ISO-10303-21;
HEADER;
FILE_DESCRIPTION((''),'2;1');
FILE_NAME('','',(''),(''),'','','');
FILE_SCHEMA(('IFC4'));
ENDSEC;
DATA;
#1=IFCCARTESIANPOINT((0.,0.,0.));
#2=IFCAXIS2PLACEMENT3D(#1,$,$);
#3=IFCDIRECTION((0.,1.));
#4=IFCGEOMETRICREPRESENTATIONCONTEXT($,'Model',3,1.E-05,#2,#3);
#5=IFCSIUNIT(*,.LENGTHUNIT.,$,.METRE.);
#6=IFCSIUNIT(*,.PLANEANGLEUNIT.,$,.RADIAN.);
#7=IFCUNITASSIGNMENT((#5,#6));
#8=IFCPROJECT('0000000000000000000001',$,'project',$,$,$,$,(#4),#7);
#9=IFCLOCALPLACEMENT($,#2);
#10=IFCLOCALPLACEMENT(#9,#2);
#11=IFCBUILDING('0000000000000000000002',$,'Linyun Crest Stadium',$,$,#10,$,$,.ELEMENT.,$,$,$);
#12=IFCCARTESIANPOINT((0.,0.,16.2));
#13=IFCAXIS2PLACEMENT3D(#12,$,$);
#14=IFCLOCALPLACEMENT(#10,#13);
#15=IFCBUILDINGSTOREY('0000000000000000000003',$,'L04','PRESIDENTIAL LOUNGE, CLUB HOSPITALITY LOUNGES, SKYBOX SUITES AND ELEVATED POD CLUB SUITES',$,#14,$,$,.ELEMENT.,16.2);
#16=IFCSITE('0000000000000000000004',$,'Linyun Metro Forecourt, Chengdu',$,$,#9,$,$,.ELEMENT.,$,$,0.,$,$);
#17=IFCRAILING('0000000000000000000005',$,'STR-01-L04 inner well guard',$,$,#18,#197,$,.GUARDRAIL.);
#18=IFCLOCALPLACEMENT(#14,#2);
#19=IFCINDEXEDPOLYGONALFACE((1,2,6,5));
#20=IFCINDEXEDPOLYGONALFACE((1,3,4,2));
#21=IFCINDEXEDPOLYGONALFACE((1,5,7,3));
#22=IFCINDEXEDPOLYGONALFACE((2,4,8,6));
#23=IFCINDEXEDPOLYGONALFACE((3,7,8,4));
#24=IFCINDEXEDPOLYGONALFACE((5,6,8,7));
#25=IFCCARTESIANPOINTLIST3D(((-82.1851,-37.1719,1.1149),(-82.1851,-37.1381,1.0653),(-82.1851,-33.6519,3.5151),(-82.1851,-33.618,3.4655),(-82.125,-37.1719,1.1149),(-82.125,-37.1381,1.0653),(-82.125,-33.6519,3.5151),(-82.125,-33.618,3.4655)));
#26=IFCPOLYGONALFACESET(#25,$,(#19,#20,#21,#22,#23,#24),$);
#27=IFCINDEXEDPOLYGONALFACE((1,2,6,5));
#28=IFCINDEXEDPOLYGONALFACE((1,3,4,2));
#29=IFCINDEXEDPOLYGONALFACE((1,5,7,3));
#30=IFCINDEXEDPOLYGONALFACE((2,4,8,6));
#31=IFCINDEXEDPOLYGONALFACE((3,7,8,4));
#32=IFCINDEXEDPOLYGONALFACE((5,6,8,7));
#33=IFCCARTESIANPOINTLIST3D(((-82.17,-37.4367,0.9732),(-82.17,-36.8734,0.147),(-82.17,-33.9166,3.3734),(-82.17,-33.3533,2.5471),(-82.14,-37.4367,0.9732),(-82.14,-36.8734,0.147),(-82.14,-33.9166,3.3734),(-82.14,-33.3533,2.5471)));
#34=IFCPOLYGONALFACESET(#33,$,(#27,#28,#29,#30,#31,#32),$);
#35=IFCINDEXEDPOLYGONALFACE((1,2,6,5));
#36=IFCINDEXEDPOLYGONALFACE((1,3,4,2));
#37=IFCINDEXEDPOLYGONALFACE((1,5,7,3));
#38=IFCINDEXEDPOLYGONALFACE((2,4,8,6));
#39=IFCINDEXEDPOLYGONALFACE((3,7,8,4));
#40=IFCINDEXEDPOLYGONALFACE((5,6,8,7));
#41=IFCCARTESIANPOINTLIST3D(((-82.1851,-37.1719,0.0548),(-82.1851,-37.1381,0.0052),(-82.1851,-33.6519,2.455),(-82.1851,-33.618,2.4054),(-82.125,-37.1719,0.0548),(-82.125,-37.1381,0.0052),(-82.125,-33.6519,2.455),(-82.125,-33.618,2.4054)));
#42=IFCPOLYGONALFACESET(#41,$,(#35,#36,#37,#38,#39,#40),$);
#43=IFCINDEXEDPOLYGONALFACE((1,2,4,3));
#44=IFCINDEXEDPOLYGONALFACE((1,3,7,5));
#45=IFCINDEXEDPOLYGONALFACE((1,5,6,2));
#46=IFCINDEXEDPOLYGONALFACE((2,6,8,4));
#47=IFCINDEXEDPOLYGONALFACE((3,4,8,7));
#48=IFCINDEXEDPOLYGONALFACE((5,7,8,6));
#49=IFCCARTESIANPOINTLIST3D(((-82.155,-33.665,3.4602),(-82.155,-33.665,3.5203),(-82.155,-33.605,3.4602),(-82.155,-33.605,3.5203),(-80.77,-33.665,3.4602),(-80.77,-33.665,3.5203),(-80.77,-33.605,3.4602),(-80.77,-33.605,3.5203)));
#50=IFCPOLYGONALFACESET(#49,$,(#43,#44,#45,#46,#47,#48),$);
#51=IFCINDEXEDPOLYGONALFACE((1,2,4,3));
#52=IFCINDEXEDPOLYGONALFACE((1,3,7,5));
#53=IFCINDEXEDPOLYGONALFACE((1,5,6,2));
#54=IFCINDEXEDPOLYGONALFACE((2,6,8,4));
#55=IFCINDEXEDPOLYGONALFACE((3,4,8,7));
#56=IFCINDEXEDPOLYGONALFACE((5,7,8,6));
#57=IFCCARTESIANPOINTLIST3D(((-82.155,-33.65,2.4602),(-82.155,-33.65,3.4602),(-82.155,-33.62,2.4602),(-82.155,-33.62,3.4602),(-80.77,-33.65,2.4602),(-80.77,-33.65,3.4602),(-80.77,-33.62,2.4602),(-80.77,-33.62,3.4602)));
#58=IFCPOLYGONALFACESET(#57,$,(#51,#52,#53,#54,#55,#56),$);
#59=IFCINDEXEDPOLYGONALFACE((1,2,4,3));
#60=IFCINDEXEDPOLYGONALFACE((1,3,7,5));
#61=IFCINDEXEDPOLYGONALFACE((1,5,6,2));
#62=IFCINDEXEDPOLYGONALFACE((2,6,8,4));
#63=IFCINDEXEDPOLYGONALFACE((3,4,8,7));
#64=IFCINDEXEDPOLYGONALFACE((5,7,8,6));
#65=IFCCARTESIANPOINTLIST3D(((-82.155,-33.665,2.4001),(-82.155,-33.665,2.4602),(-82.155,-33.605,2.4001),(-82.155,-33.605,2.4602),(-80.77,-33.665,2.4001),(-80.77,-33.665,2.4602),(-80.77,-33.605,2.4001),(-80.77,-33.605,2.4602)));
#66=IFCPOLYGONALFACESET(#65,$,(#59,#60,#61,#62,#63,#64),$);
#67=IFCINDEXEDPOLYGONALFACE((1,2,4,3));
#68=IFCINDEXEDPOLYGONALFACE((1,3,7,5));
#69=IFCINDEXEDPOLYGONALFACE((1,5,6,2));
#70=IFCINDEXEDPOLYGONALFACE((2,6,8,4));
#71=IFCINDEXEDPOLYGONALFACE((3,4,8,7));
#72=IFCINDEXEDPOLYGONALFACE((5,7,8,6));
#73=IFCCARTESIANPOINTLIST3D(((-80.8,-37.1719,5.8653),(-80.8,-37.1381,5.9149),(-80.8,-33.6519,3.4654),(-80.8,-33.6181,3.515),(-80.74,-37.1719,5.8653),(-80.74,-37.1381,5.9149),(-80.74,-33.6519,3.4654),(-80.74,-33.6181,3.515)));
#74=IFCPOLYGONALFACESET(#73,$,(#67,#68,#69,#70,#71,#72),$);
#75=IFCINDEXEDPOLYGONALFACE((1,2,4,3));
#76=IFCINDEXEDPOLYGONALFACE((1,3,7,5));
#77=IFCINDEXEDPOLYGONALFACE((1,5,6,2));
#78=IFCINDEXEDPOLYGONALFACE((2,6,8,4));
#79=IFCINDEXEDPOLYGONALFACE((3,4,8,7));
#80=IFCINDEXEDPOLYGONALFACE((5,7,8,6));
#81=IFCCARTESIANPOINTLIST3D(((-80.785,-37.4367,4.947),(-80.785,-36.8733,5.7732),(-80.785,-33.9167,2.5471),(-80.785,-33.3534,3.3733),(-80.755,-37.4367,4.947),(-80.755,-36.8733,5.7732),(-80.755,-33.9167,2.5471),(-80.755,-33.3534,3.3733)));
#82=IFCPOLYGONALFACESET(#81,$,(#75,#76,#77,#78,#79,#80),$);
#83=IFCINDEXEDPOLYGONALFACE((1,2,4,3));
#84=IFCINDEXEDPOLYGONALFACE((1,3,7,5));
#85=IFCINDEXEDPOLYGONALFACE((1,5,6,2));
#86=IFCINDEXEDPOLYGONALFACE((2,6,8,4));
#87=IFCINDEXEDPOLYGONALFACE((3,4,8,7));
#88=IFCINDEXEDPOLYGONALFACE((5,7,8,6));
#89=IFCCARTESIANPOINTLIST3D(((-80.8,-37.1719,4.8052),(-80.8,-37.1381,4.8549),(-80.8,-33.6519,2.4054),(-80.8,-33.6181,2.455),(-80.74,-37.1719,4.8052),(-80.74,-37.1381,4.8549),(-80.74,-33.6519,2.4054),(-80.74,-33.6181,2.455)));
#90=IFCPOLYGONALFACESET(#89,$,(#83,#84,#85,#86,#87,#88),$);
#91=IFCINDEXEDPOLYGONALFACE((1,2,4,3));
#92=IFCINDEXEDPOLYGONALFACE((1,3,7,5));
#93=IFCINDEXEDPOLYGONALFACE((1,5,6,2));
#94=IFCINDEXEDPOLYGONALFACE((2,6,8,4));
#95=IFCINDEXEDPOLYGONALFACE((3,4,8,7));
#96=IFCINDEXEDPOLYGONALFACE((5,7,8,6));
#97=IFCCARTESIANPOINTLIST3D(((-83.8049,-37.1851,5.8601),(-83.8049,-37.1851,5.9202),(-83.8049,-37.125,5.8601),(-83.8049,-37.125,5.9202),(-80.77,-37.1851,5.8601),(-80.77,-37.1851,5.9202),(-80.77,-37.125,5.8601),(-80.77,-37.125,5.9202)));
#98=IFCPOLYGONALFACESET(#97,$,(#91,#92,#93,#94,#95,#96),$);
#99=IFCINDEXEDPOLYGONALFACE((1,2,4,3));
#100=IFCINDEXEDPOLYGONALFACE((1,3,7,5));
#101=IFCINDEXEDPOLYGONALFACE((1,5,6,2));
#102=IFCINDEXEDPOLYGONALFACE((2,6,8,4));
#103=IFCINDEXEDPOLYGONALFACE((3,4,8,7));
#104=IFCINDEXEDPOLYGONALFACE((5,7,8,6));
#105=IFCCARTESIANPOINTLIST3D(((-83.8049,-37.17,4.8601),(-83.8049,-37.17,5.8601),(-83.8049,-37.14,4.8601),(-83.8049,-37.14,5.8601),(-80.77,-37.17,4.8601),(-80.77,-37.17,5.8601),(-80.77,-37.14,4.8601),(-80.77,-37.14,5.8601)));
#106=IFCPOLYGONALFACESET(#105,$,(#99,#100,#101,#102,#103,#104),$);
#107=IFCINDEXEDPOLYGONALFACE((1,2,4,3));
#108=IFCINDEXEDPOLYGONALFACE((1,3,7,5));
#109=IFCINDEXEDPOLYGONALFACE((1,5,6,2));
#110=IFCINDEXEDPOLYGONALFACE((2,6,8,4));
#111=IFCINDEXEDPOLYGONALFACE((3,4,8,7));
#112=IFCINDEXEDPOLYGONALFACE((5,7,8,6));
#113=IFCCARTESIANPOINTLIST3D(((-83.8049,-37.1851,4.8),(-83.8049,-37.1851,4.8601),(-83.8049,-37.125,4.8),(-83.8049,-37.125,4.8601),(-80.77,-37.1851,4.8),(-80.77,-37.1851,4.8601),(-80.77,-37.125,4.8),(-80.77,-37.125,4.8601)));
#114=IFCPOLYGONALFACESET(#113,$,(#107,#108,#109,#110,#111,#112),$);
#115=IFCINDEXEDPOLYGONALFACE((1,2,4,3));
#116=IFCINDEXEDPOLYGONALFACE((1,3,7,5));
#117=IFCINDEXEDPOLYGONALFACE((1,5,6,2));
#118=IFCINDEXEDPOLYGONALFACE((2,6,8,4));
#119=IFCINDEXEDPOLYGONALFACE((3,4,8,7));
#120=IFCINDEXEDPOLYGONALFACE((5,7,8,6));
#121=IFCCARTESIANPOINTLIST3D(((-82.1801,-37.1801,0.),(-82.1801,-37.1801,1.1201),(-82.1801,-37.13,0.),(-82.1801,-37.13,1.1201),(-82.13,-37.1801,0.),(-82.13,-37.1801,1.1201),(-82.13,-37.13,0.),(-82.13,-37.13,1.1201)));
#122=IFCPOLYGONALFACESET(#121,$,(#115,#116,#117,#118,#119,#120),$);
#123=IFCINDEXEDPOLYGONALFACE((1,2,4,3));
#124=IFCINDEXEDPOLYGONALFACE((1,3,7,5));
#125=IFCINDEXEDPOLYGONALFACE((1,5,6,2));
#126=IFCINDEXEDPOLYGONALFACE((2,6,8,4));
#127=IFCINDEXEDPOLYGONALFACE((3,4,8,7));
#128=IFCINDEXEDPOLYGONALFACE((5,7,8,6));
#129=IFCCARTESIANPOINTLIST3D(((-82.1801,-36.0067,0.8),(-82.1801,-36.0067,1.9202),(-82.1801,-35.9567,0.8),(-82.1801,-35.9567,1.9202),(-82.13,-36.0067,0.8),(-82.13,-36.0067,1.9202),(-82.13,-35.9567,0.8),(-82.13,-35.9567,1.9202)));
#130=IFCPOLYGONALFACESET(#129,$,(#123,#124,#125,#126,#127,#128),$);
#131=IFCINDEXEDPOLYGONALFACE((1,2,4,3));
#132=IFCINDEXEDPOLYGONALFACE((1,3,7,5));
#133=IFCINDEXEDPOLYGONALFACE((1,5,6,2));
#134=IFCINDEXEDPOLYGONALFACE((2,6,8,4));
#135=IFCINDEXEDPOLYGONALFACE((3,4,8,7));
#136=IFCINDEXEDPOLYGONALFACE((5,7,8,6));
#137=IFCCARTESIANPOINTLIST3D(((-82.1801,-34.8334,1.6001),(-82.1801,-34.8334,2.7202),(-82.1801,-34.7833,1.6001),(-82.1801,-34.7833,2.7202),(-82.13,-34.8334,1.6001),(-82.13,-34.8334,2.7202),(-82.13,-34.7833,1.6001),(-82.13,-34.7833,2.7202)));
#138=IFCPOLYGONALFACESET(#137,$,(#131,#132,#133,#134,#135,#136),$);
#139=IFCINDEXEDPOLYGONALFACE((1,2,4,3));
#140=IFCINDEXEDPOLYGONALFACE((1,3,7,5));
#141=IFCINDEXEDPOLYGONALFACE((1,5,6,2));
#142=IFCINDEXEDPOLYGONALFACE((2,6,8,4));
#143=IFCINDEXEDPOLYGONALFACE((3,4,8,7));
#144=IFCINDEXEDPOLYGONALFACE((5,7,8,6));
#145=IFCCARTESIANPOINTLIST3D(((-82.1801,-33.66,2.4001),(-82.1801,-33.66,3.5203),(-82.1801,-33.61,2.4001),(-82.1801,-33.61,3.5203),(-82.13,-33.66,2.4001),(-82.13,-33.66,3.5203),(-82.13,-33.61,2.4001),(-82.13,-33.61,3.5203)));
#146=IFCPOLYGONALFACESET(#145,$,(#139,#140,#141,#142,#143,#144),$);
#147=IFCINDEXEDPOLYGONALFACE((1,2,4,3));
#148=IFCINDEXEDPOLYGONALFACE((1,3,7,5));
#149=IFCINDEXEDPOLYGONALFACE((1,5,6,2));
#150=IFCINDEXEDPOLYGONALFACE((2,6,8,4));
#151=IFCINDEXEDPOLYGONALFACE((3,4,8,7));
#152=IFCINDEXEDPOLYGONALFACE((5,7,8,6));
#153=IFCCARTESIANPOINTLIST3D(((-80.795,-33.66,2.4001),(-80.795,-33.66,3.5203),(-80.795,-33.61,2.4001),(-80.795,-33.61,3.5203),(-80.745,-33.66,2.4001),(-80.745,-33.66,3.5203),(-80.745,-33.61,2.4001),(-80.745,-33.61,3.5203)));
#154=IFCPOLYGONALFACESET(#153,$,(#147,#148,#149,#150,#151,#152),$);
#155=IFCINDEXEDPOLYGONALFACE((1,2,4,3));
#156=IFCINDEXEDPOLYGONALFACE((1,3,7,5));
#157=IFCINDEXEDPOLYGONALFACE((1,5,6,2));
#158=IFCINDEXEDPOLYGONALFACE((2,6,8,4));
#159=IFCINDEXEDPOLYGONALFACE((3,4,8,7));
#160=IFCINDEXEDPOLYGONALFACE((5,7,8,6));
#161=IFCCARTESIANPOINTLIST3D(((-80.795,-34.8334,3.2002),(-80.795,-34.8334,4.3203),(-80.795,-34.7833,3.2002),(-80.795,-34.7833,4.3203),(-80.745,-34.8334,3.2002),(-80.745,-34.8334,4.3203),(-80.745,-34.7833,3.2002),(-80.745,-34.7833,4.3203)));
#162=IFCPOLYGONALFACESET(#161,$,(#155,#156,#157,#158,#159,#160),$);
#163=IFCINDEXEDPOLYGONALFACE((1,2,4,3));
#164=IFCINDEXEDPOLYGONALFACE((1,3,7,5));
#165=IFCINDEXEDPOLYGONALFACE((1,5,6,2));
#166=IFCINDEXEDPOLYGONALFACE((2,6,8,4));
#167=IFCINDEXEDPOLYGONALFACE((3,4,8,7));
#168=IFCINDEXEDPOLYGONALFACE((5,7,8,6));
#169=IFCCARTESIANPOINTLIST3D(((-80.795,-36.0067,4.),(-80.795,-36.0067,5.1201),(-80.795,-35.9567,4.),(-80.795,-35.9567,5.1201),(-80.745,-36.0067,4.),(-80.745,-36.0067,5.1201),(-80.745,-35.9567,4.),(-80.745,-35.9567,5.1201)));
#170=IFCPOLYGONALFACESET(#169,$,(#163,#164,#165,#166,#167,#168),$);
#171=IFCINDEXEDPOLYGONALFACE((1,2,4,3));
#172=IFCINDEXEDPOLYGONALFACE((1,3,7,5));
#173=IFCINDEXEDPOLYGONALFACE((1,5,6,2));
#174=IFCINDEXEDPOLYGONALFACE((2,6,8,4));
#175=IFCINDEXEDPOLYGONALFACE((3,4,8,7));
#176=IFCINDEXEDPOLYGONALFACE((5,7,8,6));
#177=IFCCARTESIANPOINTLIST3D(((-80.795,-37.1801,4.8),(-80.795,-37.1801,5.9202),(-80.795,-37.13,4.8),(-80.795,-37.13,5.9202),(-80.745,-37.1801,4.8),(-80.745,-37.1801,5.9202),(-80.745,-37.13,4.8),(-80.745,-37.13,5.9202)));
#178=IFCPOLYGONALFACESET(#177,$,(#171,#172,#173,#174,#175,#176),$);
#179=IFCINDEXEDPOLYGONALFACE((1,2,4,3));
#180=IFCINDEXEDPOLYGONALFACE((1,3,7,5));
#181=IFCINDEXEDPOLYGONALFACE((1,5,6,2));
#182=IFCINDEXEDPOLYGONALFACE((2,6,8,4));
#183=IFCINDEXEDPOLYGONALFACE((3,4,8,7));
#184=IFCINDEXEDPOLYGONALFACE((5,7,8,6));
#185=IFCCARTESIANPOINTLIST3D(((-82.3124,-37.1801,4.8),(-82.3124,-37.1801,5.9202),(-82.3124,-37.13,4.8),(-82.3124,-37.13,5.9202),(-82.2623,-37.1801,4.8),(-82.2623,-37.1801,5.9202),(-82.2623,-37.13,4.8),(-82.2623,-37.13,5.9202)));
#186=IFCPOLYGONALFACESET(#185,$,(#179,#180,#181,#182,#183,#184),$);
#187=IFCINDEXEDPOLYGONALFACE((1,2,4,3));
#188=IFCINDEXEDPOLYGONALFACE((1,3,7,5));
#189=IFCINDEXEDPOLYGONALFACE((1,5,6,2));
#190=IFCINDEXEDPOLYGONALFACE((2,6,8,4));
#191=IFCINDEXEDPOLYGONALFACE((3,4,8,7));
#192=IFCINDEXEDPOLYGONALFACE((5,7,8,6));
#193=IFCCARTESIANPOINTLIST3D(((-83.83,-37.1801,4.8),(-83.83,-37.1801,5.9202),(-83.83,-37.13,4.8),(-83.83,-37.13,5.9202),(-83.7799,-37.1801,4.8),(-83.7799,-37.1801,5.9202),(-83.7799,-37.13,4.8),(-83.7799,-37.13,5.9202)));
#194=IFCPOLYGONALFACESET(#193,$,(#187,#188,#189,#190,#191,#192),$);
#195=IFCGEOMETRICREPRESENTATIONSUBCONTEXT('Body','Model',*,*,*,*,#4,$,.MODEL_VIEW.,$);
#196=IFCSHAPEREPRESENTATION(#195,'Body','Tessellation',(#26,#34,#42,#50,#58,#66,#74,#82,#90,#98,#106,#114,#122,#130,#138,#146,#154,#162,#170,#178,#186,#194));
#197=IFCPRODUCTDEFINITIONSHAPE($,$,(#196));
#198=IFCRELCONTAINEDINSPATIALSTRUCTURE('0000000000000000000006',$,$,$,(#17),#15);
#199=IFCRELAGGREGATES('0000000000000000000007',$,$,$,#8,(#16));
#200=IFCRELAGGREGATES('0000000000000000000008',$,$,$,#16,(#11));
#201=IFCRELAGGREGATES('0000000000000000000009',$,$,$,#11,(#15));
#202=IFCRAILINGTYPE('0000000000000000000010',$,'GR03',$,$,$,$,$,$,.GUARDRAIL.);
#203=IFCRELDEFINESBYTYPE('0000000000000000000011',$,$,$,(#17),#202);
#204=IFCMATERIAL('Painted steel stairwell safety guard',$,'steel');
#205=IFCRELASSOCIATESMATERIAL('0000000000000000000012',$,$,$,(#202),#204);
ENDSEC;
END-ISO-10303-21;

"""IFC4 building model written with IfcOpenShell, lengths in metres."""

from ifc_helpers import new_model, si_unit, direction, frame, origin, origin_2d, place, context, subcontext, project, spatial, rectangle, extrude, material, type_object, element, save


model = new_model("IFC4")

# Units and contexts
model_context = context("Model", 3, precision=1e-05, world=origin(), true_north=direction((0.0, 1.0)))
body_context = subcontext(model_context, "Body", "Model", "MODEL_VIEW")
ifc_project = project(units=[si_unit("LENGTHUNIT", "METRE"), si_unit("PLANEANGLEUNIT", "RADIAN")], contexts=[model_context])

# Site, building, storey
site_placement = place(None, origin())
site = spatial("IfcSite", under=ifc_project, at=site_placement, Name="Linyun Metro Forecourt, Chengdu", CompositionType="ELEMENT", RefElevation=0.0)
building_placement = place(site_placement, origin())
building = spatial("IfcBuilding", under=site, at=building_placement, Name="Linyun Crest Stadium", CompositionType="ELEMENT")
storey_placement = place(building_placement, frame((0.0, 0.0, 16.2)))
storey = spatial("IfcBuildingStorey", under=building, at=storey_placement, Name="L04", Description="PRESIDENTIAL LOUNGE, CLUB HOSPITALITY LOUNGES, SKYBOX SUITES AND ELEVATED POD CLUB SUITES", CompositionType="ELEMENT", Elevation=16.2)

# Railing
ifc_material_1 = material(Name="Painted steel stairwell safety guard", Category="steel")
railing_type_1 = type_object("IfcRailingType", Name="GR03", PredefinedType="GUARDRAIL", material=ifc_material_1)
railing_1_placement = place(storey_placement, frame((-82.155, -37.155, 0.0)))
element("IfcRailing", 1, at=railing_1_placement, inside=storey, type_object=railing_type_1, Name="STR-01-L04 inner well guard", PredefinedType="GUARDRAIL", context=body_context, shape_type="SweptSolid", body=[
    extrude(rectangle(XDim=0.0601, YDim=0.0601, at=origin_2d()), frame((0.0, 0.0, 1.0901), z_axis=(0.0, 0.826213, 0.563358), x_axis=(-1.0, 0.0, 0.0)), (0.0, 0.0, 1.0), 4.2605),
    extrude(rectangle(XDim=0.03, YDim=1.0, at=origin_2d()), frame((0.0, 0.0, 0.5601), z_axis=(0.0, 0.826213, 0.563358), x_axis=(-1.0, 0.0, 0.0)), (0.0, 0.0, 1.0), 4.2605),
    extrude(rectangle(XDim=0.0601, YDim=0.0601, at=origin_2d()), frame((0.0, 0.0, 0.03), z_axis=(0.0, 0.826213, 0.563358), x_axis=(-1.0, 0.0, 0.0)), (0.0, 0.0, 1.0), 4.2605),
    extrude(rectangle(XDim=0.0601, YDim=0.0601, at=origin_2d()), frame((0.0, 3.52, 3.4902), z_axis=(1.0, 0.0, 0.0), x_axis=(0.0, 1.0, 0.0)), (0.0, 0.0, 1.0), 1.385),
    extrude(rectangle(XDim=0.03, YDim=1.0, at=origin_2d()), frame((0.0, 3.52, 2.9602), z_axis=(1.0, 0.0, 0.0), x_axis=(0.0, 1.0, 0.0)), (0.0, 0.0, 1.0), 1.385),
    extrude(rectangle(XDim=0.0601, YDim=0.0601, at=origin_2d()), frame((0.0, 3.52, 2.4302), z_axis=(1.0, 0.0, 0.0), x_axis=(0.0, 1.0, 0.0)), (0.0, 0.0, 1.0), 1.385),
    extrude(rectangle(XDim=0.0601, YDim=0.0601, at=origin_2d()), frame((1.385, 3.52, 3.4902), z_axis=(0.0, -0.826239, 0.563319), x_axis=(1.0, 0.0, 0.0)), (0.0, 0.0, 1.0), 4.2603),
    extrude(rectangle(XDim=0.03, YDim=1.0, at=origin_2d()), frame((1.385, 3.52, 2.9602), z_axis=(0.0, -0.826239, 0.563319), x_axis=(1.0, 0.0, 0.0)), (0.0, 0.0, 1.0), 4.2603),
    extrude(rectangle(XDim=0.0601, YDim=0.0601, at=origin_2d()), frame((1.385, 3.52, 2.4302), z_axis=(0.0, -0.826239, 0.563319), x_axis=(1.0, 0.0, 0.0)), (0.0, 0.0, 1.0), 4.2603),
    extrude(rectangle(XDim=0.0601, YDim=0.0601, at=origin_2d()), frame((1.385, 0.0, 5.8901), z_axis=(-1.0, 0.0, 0.0), x_axis=(0.0, -1.0, 0.0)), (0.0, 0.0, 1.0), 3.0349),
    extrude(rectangle(XDim=0.03, YDim=1.0, at=origin_2d()), frame((1.385, 0.0, 5.3601), z_axis=(-1.0, 0.0, 0.0), x_axis=(0.0, -1.0, 0.0)), (0.0, 0.0, 1.0), 3.0349),
    extrude(rectangle(XDim=0.0601, YDim=0.0601, at=origin_2d()), frame((1.385, 0.0, 4.8301), z_axis=(-1.0, 0.0, 0.0), x_axis=(0.0, -1.0, 0.0)), (0.0, 0.0, 1.0), 3.0349),
    extrude(rectangle(XDim=0.05, YDim=0.05, at=origin_2d()), origin(), (0.0, 0.0, 1.0), 1.1201),
    extrude(rectangle(XDim=0.05, YDim=0.05, at=origin_2d()), frame((0.0, 1.1733, 0.8)), (0.0, 0.0, 1.0), 1.1201),
    extrude(rectangle(XDim=0.05, YDim=0.05, at=origin_2d()), frame((0.0, 2.3467, 1.6001)), (0.0, 0.0, 1.0), 1.1201),
    extrude(rectangle(XDim=0.05, YDim=0.05, at=origin_2d()), frame((0.0, 3.52, 2.4001)), (0.0, 0.0, 1.0), 1.1201),
    extrude(rectangle(XDim=0.05, YDim=0.05, at=origin_2d()), frame((1.385, 3.52, 2.4001)), (0.0, 0.0, 1.0), 1.1201),
    extrude(rectangle(XDim=0.05, YDim=0.05, at=origin_2d()), frame((1.385, 2.3467, 3.2002)), (0.0, 0.0, 1.0), 1.1201),
    extrude(rectangle(XDim=0.05, YDim=0.05, at=origin_2d()), frame((1.385, 1.1733, 4.0)), (0.0, 0.0, 1.0), 1.1201),
    extrude(rectangle(XDim=0.05, YDim=0.05, at=origin_2d()), frame((1.385, 0.0, 4.8)), (0.0, 0.0, 1.0), 1.1201),
    extrude(rectangle(XDim=0.05, YDim=0.05, at=origin_2d()), frame((-0.1323, 0.0, 4.8)), (0.0, 0.0, 1.0), 1.1201),
    extrude(rectangle(XDim=0.05, YDim=0.05, at=origin_2d()), frame((-1.6499, 0.0, 4.8)), (0.0, 0.0, 1.0), 1.1201),
])

save(model, "model.ifc")
